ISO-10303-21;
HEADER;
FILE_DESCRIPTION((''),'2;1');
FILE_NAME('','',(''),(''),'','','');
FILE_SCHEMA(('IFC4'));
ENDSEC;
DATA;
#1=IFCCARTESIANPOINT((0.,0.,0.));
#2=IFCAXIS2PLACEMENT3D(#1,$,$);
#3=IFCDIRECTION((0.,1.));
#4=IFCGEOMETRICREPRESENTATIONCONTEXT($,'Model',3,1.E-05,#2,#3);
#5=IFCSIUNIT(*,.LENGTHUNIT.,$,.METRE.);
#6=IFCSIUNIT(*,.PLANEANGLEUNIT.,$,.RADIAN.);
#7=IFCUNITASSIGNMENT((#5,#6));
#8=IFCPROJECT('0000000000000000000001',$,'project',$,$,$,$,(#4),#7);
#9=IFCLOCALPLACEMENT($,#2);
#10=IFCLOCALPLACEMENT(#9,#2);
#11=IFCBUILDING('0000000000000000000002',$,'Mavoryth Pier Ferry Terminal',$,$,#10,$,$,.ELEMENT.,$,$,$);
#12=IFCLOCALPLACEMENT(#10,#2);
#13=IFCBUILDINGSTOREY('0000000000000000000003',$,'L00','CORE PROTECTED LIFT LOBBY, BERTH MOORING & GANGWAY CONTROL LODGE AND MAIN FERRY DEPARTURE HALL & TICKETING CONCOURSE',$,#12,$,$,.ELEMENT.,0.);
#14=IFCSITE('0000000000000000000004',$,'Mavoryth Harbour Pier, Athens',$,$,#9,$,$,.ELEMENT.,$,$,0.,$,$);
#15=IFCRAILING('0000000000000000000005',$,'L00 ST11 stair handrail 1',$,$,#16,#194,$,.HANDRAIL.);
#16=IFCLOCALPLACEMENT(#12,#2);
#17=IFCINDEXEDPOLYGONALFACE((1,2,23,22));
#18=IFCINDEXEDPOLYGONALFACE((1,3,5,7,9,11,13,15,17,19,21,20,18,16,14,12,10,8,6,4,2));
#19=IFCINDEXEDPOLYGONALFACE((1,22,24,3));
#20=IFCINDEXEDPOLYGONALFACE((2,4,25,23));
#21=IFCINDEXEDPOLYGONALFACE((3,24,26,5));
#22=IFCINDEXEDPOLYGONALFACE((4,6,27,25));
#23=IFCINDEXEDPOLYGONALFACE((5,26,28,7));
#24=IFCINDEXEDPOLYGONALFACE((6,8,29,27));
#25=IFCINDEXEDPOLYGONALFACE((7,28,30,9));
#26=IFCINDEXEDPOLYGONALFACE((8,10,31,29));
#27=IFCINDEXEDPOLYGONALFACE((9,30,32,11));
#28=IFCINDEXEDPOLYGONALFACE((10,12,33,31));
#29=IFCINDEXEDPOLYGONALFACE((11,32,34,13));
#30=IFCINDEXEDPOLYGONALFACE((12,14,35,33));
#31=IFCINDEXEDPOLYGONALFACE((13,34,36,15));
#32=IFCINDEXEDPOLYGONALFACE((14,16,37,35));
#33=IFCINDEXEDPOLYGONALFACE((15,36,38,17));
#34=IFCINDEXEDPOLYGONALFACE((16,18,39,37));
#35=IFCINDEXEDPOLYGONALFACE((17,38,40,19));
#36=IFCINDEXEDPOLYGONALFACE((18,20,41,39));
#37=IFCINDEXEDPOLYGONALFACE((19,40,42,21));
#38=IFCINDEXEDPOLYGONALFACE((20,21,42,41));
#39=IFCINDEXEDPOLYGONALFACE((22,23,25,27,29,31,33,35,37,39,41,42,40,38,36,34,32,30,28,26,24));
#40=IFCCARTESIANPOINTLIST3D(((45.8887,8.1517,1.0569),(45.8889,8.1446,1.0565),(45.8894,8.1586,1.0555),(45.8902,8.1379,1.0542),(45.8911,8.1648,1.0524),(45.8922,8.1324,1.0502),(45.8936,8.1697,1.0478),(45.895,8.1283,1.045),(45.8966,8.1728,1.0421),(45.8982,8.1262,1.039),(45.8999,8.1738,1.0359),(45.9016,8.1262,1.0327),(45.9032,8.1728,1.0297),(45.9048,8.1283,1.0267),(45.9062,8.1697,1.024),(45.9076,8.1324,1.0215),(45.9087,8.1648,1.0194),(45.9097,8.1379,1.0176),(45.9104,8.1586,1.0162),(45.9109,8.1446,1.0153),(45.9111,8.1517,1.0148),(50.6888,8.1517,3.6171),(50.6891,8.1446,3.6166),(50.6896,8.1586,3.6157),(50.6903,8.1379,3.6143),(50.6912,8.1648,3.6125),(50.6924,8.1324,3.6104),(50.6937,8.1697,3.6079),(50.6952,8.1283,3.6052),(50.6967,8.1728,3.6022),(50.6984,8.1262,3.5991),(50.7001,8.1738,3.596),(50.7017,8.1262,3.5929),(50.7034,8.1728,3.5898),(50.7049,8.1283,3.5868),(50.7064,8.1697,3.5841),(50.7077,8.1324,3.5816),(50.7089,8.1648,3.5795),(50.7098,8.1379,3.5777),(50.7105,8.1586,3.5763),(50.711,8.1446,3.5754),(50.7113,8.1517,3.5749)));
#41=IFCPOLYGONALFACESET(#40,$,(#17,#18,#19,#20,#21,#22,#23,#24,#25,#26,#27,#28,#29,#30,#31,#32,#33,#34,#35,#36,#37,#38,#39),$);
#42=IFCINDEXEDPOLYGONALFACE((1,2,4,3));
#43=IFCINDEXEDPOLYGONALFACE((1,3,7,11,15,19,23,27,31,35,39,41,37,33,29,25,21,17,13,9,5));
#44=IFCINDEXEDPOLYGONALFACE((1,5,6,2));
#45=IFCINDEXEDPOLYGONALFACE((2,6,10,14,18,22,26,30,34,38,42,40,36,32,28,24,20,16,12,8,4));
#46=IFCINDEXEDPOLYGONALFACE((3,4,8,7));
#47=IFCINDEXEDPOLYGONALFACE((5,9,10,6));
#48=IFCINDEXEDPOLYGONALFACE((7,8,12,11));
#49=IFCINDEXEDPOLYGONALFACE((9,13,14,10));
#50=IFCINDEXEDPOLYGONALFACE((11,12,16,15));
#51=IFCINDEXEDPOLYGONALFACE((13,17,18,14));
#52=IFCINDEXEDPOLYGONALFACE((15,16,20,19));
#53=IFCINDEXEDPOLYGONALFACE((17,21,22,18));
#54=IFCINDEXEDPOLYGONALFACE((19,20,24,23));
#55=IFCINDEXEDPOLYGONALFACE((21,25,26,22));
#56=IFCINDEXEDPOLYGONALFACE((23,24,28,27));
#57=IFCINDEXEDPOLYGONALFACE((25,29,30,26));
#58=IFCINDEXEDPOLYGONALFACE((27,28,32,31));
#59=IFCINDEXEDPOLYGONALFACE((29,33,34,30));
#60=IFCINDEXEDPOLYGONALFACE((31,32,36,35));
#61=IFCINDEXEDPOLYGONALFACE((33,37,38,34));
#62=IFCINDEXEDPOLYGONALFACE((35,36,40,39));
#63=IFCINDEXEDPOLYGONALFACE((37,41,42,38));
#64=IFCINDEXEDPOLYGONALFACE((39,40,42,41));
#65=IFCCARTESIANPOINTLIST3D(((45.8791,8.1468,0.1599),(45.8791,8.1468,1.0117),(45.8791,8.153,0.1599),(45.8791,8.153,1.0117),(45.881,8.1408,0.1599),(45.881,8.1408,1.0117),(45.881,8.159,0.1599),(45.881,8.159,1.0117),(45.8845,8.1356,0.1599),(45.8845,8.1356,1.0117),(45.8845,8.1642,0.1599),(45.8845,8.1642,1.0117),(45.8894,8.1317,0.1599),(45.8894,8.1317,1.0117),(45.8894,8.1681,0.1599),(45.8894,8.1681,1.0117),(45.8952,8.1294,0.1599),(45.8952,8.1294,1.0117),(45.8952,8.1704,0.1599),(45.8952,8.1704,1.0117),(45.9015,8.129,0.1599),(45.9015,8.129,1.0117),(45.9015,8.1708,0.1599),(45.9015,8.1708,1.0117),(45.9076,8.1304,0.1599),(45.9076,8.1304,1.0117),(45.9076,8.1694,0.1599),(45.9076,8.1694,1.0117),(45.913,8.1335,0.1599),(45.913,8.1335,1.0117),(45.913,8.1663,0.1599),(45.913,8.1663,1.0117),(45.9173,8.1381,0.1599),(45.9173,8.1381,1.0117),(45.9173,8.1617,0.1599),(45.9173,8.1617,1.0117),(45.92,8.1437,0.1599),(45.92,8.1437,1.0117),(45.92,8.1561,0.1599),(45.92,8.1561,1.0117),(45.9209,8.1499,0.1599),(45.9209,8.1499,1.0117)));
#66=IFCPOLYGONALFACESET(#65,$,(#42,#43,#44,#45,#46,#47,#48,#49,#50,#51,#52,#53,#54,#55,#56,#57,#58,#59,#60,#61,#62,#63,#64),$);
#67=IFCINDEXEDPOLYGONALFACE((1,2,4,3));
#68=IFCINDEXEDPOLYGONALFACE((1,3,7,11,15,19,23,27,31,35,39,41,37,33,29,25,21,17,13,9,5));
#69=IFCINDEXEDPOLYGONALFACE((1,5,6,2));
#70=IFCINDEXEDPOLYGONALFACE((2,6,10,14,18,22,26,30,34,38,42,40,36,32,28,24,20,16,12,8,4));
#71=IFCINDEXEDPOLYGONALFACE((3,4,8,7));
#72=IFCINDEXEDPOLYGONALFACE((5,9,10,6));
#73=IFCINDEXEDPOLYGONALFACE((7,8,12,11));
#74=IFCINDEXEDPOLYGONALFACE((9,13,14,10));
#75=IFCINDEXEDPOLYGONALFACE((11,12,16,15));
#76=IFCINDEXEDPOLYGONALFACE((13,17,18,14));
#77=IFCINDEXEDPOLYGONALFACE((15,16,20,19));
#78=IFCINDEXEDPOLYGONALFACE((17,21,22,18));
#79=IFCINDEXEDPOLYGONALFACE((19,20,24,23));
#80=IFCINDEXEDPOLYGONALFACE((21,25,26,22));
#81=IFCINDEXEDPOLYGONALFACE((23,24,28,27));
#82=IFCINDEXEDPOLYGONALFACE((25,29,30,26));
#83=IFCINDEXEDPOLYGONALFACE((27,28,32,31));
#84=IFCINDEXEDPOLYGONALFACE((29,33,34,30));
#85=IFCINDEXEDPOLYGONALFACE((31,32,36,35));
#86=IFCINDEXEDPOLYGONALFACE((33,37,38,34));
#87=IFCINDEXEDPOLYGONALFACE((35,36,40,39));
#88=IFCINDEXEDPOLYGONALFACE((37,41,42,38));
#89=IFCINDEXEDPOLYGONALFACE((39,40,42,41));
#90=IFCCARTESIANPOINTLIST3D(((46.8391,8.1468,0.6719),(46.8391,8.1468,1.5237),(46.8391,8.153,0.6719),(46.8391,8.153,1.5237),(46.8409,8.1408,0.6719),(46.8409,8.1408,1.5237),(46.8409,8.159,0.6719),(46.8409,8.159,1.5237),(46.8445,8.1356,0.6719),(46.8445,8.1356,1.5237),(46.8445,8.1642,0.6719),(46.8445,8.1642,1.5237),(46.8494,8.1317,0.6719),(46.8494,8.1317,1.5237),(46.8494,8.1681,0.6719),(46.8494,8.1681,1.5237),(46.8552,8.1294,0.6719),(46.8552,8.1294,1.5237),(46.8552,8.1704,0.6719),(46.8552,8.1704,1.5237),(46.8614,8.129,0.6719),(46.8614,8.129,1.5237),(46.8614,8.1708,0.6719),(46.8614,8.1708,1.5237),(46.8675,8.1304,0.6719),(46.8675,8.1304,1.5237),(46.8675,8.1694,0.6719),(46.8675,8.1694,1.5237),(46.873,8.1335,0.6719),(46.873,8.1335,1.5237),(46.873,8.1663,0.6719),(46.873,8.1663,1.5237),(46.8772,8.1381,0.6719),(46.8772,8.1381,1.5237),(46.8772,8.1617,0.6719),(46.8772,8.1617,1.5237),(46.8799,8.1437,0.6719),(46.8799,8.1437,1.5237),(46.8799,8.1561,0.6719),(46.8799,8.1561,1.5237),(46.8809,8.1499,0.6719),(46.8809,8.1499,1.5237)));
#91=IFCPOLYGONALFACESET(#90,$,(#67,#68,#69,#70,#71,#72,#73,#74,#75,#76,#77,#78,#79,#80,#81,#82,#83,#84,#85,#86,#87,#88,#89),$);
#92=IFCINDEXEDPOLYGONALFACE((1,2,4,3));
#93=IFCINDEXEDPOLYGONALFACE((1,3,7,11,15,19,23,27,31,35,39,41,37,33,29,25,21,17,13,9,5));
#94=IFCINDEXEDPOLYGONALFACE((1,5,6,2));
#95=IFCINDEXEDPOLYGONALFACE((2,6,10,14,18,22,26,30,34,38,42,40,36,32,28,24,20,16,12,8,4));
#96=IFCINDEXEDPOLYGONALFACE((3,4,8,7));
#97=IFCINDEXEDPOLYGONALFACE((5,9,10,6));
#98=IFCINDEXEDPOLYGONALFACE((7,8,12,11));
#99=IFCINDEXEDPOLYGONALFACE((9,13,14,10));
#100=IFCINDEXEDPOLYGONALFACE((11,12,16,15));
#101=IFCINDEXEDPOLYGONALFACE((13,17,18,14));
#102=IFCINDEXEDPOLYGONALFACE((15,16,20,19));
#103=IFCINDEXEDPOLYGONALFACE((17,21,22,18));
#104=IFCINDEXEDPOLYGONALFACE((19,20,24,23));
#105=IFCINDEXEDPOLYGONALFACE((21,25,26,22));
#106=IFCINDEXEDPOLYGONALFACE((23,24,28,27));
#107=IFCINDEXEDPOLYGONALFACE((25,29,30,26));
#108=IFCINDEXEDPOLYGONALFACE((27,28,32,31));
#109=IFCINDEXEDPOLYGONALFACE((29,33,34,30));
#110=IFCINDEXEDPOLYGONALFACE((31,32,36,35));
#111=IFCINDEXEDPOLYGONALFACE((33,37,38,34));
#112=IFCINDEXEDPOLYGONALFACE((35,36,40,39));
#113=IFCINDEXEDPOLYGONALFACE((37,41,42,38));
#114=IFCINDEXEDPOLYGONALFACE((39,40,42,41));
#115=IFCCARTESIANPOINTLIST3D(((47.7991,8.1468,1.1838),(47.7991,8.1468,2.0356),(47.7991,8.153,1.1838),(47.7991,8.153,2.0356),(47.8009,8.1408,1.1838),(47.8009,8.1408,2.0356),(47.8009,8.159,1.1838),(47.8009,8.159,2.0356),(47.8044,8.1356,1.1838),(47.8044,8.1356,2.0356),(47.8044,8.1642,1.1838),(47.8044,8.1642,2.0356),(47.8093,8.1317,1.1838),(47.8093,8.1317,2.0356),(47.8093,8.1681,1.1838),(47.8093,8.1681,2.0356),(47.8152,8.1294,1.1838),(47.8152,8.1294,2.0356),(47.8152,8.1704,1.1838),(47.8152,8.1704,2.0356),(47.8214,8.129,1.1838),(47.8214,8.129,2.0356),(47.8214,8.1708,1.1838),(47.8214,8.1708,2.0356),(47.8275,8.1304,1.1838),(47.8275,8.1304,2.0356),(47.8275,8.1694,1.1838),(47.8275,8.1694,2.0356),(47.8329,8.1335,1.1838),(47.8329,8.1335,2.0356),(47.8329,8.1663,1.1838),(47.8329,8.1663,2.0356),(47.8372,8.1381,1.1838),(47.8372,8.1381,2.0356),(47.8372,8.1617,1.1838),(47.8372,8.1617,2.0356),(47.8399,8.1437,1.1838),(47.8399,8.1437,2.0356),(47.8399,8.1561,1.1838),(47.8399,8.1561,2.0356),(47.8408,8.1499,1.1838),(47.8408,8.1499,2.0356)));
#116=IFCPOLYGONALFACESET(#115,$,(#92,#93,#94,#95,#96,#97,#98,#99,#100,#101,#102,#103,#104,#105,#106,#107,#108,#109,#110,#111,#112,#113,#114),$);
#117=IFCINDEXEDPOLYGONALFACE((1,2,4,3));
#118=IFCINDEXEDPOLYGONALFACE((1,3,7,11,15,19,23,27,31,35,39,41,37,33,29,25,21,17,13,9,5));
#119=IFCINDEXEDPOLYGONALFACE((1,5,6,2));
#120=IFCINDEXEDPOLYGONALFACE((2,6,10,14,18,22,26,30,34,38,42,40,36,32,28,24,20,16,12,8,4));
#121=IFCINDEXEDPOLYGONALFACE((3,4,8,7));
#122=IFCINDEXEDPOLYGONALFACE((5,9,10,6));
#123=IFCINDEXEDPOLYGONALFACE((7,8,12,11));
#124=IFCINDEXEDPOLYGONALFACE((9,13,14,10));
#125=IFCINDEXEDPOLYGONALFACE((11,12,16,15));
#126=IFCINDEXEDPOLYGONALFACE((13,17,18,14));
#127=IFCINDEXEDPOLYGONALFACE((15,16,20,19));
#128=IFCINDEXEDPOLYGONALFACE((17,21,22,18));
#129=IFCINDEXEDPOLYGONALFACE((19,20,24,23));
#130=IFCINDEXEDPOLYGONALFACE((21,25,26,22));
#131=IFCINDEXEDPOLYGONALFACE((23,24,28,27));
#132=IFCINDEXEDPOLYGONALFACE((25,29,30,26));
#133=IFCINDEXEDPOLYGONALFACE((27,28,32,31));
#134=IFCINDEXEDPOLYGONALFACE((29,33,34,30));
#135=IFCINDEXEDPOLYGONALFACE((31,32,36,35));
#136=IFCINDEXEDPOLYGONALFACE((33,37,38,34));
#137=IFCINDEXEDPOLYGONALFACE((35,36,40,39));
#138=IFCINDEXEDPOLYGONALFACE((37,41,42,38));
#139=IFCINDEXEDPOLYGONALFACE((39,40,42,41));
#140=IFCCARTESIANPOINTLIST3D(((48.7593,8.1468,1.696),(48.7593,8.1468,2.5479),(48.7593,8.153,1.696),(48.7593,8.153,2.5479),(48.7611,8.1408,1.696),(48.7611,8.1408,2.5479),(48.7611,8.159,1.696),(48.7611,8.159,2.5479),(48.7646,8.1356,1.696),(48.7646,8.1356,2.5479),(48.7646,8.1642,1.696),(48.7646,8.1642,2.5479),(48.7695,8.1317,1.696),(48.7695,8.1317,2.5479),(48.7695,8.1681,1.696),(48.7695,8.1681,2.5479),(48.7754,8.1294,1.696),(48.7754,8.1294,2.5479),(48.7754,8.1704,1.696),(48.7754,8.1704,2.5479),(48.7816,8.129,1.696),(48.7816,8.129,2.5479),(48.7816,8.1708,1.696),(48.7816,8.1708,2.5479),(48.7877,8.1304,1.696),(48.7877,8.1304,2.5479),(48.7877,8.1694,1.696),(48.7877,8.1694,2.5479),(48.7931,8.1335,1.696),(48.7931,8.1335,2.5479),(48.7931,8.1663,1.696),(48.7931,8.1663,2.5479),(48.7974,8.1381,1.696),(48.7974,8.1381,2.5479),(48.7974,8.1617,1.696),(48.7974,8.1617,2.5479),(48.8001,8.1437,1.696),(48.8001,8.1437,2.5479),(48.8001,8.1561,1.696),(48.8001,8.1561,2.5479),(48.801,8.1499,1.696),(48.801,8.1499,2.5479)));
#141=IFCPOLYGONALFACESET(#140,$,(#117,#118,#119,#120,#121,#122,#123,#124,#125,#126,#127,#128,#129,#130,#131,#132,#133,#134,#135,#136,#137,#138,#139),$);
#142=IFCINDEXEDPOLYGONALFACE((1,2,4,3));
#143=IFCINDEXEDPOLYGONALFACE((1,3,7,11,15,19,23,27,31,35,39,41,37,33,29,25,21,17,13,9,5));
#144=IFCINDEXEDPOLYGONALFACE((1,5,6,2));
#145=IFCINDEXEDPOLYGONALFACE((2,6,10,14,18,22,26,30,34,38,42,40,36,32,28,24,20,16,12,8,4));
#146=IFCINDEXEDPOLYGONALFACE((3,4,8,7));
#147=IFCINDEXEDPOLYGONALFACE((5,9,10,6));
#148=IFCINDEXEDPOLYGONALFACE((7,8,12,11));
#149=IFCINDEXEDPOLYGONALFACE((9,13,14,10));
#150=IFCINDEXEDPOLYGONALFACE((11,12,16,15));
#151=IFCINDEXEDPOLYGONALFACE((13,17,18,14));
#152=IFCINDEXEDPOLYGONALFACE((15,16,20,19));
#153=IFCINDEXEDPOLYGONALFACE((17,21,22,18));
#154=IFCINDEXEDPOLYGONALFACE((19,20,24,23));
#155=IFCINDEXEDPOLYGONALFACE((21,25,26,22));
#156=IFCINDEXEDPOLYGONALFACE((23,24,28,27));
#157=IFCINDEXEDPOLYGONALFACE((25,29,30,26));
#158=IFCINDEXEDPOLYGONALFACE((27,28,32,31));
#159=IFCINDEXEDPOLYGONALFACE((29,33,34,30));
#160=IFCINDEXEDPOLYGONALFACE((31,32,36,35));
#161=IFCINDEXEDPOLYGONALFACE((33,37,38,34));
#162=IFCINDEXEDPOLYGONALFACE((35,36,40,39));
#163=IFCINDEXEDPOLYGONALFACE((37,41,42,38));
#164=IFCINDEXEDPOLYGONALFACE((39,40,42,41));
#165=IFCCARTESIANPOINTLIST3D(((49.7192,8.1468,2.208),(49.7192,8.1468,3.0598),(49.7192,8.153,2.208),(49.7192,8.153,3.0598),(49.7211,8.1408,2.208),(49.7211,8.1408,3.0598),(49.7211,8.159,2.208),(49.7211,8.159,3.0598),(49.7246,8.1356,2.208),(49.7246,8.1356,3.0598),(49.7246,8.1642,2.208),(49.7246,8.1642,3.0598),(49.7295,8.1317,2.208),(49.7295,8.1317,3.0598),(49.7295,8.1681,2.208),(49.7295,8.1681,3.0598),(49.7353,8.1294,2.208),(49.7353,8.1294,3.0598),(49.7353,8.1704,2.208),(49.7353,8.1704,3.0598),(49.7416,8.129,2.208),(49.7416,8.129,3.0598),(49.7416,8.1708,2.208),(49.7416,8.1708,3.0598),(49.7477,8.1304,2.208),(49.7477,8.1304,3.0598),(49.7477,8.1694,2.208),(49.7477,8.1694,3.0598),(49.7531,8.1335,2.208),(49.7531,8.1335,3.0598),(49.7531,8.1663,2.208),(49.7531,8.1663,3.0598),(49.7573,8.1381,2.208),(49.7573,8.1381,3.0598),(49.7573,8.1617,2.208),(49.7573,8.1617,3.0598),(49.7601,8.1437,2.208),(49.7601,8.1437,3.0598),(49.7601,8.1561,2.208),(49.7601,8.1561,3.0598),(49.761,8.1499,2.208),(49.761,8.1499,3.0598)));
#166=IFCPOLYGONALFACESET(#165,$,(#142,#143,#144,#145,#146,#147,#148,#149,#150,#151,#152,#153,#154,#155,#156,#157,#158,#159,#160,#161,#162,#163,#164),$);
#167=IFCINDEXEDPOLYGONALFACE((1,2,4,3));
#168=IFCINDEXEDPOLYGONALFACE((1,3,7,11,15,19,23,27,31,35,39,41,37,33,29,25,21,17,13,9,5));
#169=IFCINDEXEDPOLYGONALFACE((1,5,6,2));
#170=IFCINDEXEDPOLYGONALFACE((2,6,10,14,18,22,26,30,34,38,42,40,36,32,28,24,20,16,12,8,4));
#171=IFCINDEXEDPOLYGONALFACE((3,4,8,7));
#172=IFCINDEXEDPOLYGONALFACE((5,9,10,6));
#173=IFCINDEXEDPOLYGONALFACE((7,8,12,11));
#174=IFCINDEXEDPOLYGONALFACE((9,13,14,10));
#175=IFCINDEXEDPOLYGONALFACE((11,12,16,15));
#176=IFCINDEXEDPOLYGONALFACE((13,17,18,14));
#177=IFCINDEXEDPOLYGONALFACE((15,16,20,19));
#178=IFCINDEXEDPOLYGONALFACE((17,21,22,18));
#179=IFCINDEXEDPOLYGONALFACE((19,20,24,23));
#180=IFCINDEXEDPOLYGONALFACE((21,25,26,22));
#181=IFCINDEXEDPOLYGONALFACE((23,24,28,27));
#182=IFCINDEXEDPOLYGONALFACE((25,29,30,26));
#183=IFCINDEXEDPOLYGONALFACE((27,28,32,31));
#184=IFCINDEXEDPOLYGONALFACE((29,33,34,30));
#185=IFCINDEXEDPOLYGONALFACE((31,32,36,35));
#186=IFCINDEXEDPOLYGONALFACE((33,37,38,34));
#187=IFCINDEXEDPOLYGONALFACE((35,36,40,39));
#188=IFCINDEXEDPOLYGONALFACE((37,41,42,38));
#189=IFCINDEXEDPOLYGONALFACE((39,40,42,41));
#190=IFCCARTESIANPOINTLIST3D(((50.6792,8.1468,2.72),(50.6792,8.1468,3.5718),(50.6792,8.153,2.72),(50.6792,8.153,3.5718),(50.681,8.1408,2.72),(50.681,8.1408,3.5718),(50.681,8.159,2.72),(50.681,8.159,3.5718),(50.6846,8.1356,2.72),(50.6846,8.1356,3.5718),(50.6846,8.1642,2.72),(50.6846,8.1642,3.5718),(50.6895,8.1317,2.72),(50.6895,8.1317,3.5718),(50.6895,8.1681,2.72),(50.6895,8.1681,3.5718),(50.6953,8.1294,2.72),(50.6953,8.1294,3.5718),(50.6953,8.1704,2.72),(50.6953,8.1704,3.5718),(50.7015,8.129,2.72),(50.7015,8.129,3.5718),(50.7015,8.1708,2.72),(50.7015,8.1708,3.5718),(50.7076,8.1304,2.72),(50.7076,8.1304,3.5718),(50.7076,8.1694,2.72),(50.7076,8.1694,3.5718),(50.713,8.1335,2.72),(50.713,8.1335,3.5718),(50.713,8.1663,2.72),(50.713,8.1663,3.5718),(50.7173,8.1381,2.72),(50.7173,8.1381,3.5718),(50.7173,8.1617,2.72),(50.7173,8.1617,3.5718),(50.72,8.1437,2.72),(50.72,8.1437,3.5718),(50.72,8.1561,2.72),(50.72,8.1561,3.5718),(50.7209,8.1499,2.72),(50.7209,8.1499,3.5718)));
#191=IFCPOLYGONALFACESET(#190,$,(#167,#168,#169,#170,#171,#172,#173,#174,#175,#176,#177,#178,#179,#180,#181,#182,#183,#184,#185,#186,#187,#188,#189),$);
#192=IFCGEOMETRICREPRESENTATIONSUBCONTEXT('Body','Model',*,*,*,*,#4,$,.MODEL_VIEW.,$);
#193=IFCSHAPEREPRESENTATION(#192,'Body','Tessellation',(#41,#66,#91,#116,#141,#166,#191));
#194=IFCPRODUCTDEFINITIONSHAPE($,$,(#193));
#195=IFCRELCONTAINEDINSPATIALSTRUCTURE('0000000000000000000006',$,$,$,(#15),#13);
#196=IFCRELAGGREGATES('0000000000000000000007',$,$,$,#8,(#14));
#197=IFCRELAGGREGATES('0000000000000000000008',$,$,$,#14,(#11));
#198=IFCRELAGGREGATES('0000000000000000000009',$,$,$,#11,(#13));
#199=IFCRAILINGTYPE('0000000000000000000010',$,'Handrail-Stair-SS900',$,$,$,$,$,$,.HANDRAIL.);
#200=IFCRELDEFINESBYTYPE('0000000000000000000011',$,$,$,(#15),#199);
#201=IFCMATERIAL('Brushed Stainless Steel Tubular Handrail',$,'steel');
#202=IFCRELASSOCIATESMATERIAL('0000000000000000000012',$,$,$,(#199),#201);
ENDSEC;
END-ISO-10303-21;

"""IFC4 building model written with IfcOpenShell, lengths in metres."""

from ifc_helpers import new_model, si_unit, direction, frame, origin, origin_2d, place, context, subcontext, project, spatial, circle, extrude, material, type_object, element, save


model = new_model("IFC4")

# Units and contexts
model_context = context("Model", 3, precision=1e-05, world=origin(), true_north=direction((0.0, 1.0)))
body_context = subcontext(model_context, "Body", "Model", "MODEL_VIEW")
ifc_project = project(units=[si_unit("LENGTHUNIT", "METRE"), si_unit("PLANEANGLEUNIT", "RADIAN")], contexts=[model_context])

# Site, building, storey
site_placement = place(None, origin())
site = spatial("IfcSite", under=ifc_project, at=site_placement, Name="Mavoryth Harbour Pier, Athens", CompositionType="ELEMENT", RefElevation=0.0)
building_placement = place(site_placement, origin())
building = spatial("IfcBuilding", under=site, at=building_placement, Name="Mavoryth Pier Ferry Terminal", CompositionType="ELEMENT")
storey_placement = place(building_placement, origin())
storey = spatial("IfcBuildingStorey", under=building, at=storey_placement, Name="L00", Description="CORE PROTECTED LIFT LOBBY, BERTH MOORING & GANGWAY CONTROL LODGE AND MAIN FERRY DEPARTURE HALL & TICKETING CONCOURSE", CompositionType="ELEMENT", Elevation=0.0)

# Railing
ifc_material_1 = material(Name="Brushed Stainless Steel Tubular Handrail", Category="steel")
railing_type = type_object("IfcRailingType", Name="Handrail-Stair-SS900", PredefinedType="HANDRAIL", material=ifc_material_1)
railing_placement = place(storey_placement, frame((45.8999, 8.1499, 0.1599)))
element("IfcRailing", 1, at=railing_placement, inside=storey, type_object=railing_type, Name="L00 ST11 stair handrail 1", PredefinedType="HANDRAIL", context=body_context, shape_type="SweptSolid", body=[
    extrude(circle(Radius=0.0239, at=origin_2d()), frame((0.0, 0.0, 0.876), z_axis=(0.88235, 0.0, 0.470593), x_axis=(0.0, 1.0, 0.0)), (0.0, 0.0, 1.0), 5.4402),
    extrude(circle(Radius=0.021, at=origin_2d()), origin(), (0.0, 0.0, 1.0), 0.8518),
    extrude(circle(Radius=0.021, at=origin_2d()), frame((0.96, 0.0, 0.512)), (0.0, 0.0, 1.0), 0.8518),
    extrude(circle(Radius=0.021, at=origin_2d()), frame((1.9199, 0.0, 1.0239)), (0.0, 0.0, 1.0), 0.8518),
    extrude(circle(Radius=0.021, at=origin_2d()), frame((2.8801, 0.0, 1.5361)), (0.0, 0.0, 1.0), 0.8518),
    extrude(circle(Radius=0.021, at=origin_2d()), frame((3.8401, 0.0, 2.0481)), (0.0, 0.0, 1.0), 0.8518),
    extrude(circle(Radius=0.021, at=origin_2d()), frame((4.8, 0.0, 2.5601)), (0.0, 0.0, 1.0), 0.8518),
])

save(model, "model.ifc")
